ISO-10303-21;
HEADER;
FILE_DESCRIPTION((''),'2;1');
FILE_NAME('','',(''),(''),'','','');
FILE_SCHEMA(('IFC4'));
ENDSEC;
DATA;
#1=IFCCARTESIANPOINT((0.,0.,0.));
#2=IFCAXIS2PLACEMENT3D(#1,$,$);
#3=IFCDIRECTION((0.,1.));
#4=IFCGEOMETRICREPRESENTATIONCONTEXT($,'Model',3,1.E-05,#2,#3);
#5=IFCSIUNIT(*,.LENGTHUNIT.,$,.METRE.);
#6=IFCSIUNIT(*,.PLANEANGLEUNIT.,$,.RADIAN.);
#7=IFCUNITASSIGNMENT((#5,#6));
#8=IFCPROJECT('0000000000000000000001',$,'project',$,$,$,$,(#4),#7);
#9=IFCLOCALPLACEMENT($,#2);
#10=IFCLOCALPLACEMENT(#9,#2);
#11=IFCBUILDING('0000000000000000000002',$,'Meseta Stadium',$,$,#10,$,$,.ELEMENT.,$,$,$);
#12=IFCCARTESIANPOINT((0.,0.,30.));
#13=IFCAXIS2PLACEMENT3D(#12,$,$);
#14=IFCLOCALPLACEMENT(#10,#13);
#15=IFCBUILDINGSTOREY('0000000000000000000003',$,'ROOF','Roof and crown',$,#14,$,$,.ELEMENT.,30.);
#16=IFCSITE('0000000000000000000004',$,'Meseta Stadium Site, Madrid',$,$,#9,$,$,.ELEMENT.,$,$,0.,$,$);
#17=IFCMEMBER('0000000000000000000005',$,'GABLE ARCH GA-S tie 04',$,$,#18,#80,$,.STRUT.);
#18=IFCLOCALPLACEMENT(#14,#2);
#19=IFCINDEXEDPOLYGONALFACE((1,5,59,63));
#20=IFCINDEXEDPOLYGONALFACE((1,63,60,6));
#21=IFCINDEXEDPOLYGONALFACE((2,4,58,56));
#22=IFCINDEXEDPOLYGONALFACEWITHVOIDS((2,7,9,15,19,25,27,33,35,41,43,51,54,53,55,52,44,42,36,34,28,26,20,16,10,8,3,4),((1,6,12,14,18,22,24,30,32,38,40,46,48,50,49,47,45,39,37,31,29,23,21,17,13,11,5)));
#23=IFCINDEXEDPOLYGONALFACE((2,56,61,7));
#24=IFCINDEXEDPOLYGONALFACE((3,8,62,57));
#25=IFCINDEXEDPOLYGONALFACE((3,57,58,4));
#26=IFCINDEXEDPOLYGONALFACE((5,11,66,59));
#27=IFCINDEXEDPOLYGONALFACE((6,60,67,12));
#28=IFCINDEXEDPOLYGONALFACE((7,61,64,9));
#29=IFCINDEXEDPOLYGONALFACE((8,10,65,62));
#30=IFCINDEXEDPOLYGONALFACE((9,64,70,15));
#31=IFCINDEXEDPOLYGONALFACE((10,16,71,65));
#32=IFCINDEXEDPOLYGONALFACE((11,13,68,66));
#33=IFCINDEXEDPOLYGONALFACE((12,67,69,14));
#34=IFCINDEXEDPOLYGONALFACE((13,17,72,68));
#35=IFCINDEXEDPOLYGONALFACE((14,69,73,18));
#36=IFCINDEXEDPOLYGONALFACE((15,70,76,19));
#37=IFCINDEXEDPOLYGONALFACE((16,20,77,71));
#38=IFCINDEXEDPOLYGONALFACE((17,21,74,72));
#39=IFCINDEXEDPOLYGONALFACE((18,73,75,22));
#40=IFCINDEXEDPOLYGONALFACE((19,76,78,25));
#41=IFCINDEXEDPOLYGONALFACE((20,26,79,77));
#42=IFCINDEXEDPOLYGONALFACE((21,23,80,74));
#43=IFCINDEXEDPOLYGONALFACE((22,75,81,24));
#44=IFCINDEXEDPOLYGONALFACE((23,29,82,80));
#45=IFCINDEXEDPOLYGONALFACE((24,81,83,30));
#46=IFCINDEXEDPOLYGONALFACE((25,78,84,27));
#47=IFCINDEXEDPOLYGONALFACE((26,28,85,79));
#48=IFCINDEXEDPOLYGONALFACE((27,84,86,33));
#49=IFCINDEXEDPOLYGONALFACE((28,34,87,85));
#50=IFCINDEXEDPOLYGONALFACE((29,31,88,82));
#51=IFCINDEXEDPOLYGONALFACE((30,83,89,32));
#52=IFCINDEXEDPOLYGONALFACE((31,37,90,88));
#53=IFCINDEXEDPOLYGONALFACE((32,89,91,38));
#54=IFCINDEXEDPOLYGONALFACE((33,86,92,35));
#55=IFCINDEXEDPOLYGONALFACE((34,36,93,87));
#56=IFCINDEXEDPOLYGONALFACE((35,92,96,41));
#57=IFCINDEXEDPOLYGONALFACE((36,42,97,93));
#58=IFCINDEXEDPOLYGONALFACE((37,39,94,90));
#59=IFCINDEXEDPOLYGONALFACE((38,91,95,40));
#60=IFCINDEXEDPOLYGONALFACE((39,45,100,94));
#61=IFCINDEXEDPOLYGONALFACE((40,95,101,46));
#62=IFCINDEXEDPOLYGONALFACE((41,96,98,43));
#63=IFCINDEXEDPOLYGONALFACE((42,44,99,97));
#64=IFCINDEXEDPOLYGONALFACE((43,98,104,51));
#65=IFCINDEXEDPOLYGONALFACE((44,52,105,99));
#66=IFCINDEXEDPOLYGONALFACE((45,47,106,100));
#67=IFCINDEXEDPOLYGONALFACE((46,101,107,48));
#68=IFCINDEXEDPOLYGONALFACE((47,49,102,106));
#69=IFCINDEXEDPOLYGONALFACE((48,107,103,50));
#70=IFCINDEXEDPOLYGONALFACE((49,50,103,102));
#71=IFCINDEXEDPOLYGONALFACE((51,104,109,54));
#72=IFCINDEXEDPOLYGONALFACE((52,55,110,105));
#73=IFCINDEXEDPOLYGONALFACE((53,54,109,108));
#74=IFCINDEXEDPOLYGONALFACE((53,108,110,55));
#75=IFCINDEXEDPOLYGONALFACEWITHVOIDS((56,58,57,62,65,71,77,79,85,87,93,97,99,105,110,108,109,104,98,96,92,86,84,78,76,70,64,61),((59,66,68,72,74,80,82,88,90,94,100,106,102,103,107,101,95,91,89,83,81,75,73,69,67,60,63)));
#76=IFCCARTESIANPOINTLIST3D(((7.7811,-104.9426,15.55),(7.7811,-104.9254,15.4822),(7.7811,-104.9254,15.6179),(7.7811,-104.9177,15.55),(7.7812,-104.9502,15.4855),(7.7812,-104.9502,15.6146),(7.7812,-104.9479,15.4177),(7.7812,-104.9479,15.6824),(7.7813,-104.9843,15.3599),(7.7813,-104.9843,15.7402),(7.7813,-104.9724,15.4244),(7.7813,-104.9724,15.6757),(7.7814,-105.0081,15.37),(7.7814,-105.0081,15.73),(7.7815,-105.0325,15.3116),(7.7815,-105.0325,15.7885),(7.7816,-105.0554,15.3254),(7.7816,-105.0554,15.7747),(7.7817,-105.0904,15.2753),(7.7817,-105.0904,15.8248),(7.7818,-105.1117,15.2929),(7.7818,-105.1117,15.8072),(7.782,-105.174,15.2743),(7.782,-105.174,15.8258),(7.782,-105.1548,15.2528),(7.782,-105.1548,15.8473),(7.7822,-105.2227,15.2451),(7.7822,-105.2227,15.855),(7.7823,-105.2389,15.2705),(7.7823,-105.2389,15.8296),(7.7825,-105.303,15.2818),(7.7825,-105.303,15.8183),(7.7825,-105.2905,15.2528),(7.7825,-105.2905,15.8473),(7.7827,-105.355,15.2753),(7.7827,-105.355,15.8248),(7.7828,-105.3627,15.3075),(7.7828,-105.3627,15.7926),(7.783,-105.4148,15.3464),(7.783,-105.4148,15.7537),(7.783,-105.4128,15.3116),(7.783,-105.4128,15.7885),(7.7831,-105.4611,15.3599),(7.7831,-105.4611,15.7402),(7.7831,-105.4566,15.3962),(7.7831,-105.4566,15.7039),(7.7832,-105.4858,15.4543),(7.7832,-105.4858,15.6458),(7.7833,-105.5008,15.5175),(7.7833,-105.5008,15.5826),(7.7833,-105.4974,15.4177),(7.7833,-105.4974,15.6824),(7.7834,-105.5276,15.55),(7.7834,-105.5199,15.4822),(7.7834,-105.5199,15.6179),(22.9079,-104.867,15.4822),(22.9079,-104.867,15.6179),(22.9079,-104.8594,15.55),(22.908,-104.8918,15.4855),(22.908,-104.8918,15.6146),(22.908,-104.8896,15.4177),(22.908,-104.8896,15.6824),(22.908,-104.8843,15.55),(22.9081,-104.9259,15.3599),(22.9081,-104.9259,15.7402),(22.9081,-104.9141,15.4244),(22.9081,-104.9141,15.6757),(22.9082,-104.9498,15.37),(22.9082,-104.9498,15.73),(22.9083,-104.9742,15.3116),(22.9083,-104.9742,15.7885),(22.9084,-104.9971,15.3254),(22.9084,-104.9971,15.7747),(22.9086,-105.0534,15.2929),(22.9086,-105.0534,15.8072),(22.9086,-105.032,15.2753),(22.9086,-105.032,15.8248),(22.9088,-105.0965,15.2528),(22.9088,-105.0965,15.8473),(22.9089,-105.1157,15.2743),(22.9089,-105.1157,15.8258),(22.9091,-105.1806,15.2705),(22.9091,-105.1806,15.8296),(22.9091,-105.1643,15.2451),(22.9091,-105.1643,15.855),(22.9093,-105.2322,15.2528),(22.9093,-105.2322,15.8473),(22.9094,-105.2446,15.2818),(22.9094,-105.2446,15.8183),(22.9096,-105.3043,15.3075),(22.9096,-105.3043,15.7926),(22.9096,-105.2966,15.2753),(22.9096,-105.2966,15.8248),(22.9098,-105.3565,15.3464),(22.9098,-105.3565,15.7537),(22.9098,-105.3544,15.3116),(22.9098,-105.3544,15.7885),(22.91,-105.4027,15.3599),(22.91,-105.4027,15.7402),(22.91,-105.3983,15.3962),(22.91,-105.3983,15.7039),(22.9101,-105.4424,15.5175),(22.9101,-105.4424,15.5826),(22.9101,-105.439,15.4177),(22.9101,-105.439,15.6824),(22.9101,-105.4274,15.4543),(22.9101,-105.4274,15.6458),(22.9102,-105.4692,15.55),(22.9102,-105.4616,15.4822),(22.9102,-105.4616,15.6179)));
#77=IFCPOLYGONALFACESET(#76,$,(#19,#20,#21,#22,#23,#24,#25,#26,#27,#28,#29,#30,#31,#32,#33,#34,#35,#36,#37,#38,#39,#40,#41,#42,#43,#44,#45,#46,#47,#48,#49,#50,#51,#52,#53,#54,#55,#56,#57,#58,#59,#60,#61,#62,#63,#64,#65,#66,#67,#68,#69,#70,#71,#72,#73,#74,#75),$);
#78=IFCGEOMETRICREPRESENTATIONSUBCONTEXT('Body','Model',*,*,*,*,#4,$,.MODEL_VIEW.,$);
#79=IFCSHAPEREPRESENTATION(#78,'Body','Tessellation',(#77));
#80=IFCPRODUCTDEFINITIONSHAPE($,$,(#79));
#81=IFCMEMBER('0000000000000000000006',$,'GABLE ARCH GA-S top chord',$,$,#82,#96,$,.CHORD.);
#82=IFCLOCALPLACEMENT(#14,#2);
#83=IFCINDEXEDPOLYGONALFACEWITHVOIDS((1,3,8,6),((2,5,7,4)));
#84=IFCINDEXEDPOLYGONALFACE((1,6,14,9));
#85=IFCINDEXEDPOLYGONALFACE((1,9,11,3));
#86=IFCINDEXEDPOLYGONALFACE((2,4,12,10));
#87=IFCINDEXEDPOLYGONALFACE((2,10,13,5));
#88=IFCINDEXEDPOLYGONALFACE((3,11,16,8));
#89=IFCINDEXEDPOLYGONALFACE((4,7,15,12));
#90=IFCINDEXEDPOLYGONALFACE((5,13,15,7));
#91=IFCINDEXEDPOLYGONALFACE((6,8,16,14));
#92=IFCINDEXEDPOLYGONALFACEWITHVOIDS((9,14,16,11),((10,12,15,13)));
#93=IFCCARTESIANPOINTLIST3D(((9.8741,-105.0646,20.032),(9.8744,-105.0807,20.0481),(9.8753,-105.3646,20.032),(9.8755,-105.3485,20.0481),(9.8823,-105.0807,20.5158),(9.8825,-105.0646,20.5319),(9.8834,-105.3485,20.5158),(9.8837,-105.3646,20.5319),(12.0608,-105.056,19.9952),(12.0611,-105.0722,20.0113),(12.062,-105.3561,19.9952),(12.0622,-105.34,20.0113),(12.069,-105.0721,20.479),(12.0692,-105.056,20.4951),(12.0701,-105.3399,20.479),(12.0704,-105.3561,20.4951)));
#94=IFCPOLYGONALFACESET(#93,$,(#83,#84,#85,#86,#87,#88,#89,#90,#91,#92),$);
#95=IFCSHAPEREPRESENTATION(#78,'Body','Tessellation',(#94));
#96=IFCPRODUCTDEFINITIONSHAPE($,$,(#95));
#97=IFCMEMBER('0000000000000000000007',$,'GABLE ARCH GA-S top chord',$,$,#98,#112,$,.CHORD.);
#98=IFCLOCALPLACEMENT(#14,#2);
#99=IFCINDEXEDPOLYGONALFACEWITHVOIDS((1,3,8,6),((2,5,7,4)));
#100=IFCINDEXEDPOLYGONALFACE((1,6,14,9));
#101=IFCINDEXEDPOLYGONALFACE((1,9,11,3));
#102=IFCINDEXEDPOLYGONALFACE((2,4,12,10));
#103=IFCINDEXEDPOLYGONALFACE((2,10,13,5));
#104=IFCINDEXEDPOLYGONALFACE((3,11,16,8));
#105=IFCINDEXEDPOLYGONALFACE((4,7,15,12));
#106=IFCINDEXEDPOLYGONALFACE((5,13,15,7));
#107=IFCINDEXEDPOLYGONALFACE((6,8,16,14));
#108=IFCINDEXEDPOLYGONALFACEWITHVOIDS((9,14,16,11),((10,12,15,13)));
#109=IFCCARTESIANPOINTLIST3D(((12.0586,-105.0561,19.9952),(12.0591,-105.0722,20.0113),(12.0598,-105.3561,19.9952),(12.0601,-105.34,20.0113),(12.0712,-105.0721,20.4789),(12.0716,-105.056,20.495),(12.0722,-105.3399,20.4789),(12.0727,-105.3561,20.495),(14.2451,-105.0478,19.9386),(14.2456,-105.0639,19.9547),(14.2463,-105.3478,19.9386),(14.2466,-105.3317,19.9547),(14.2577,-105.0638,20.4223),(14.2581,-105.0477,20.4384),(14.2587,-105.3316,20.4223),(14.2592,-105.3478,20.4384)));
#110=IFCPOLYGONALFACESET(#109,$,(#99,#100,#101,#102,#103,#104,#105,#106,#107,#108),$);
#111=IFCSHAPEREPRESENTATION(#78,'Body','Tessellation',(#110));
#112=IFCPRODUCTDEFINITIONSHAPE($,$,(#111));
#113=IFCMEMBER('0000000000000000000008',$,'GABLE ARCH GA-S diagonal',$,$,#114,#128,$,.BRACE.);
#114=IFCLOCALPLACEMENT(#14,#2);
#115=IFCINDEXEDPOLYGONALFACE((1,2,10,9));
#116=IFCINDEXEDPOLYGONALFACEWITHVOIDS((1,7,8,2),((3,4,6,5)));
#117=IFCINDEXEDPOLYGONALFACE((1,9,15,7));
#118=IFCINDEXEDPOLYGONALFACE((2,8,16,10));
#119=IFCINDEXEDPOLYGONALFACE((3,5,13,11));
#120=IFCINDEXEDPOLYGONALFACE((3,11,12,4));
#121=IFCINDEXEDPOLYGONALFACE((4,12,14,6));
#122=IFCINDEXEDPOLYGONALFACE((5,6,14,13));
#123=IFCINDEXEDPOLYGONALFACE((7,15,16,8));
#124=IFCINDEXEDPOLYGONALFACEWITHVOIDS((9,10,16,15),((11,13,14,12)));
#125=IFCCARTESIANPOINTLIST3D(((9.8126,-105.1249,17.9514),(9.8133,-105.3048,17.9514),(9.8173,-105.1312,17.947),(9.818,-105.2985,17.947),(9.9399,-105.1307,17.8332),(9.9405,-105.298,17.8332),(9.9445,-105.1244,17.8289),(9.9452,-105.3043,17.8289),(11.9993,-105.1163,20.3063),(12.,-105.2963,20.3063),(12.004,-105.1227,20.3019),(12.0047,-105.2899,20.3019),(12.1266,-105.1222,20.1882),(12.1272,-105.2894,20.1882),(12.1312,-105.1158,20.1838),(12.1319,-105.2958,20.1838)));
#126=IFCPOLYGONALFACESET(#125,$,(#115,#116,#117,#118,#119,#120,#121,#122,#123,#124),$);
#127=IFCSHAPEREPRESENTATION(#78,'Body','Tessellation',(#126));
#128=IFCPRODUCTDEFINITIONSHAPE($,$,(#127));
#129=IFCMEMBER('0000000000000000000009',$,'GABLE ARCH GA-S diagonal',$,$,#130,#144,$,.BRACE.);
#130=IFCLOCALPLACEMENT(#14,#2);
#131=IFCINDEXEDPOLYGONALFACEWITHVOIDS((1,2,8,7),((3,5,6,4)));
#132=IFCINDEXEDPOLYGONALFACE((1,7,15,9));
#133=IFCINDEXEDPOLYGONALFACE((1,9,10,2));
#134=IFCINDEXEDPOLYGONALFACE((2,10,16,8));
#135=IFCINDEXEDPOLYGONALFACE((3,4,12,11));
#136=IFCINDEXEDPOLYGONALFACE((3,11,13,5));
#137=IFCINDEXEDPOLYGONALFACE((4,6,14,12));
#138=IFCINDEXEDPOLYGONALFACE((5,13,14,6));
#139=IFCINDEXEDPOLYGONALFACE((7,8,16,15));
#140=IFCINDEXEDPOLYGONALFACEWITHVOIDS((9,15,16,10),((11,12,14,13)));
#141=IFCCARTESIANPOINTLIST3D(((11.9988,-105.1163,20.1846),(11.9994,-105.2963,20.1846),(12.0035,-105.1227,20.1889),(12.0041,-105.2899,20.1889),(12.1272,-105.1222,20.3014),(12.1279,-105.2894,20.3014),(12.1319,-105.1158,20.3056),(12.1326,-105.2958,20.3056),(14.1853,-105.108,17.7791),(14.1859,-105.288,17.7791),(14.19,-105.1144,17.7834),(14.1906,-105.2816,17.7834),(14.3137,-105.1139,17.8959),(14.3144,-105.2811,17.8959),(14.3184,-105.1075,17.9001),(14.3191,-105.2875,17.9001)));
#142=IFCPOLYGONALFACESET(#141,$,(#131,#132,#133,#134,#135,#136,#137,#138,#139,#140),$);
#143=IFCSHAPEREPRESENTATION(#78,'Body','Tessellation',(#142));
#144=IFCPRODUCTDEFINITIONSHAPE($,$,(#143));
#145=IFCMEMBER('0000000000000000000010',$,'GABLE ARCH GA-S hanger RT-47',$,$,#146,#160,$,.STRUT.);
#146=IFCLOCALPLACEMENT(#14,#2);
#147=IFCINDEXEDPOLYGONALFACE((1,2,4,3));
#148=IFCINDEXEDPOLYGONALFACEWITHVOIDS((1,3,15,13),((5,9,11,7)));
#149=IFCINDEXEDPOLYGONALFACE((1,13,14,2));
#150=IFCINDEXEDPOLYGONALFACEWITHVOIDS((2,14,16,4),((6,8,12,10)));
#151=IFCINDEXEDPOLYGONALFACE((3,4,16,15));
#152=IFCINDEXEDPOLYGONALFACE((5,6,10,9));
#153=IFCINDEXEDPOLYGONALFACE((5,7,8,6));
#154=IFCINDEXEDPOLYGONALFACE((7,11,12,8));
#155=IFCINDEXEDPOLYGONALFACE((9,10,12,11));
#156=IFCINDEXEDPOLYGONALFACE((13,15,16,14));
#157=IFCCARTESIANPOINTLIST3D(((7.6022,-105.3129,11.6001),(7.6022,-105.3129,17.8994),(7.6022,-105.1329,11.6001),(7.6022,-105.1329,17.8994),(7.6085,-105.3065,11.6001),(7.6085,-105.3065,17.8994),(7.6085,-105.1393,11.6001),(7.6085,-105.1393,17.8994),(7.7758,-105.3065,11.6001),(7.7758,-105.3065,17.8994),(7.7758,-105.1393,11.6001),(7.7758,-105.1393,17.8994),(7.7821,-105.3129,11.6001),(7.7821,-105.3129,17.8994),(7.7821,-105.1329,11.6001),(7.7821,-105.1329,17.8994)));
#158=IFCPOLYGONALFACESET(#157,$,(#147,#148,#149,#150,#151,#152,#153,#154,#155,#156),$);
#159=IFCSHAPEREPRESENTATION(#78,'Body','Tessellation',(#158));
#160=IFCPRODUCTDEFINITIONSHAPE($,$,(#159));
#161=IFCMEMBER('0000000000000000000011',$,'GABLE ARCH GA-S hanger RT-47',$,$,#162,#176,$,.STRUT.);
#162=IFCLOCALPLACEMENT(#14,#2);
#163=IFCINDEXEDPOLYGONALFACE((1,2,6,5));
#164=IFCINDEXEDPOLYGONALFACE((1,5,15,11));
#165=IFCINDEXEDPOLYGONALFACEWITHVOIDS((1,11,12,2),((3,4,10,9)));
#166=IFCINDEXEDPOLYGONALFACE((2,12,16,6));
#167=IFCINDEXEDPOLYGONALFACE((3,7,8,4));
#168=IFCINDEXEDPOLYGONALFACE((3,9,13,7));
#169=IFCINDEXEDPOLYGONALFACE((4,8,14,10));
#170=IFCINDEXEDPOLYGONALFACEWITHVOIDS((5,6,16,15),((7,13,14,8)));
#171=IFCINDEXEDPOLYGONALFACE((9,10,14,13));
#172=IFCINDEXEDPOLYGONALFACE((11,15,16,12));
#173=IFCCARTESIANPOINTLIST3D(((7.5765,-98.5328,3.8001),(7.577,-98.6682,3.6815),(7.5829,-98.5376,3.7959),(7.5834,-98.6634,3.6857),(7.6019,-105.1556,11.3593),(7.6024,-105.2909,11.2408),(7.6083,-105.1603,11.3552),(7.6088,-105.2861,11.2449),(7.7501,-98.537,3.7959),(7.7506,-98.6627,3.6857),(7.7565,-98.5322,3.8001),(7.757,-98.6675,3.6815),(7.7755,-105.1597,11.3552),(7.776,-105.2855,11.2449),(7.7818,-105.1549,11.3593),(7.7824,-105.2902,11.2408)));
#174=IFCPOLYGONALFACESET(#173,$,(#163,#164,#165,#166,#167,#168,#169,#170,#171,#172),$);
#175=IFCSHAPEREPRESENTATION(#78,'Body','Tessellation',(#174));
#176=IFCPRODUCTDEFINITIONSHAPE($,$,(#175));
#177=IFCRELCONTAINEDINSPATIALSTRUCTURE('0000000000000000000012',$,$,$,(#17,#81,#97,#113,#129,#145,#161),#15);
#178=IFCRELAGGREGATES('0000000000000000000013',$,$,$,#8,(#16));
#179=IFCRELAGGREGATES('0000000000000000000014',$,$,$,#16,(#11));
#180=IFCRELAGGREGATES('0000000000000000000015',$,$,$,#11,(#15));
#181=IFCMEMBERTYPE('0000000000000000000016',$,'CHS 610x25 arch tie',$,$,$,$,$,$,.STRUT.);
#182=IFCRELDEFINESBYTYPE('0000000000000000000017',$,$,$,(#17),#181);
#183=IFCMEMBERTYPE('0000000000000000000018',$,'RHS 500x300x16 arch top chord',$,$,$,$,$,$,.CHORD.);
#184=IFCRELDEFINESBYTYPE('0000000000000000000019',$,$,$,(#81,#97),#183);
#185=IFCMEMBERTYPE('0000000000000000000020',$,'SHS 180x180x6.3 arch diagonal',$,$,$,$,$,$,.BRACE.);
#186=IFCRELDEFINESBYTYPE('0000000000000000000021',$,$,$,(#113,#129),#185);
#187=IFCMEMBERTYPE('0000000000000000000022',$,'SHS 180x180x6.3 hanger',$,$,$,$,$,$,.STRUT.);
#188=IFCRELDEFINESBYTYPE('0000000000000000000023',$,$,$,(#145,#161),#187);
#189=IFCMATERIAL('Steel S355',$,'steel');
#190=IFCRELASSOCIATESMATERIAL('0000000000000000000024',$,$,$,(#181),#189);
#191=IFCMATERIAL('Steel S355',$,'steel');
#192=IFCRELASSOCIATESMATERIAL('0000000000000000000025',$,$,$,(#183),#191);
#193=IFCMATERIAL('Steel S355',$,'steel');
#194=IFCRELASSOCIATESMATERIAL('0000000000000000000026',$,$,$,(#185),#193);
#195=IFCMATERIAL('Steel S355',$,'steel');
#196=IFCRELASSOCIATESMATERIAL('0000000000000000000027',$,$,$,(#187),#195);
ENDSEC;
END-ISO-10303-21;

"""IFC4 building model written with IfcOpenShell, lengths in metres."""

from ifc_helpers import new_model, si_unit, direction, frame, origin, origin_2d, place, context, subcontext, project, spatial, hollow_rectangle, hollow_circle, extrude, material, material_profile, profile_set, type_object, element, save


model = new_model("IFC4")

# Units and contexts
model_context = context("Model", 3, precision=1e-05, world=origin(), true_north=direction((0.0, 1.0)))
body_context = subcontext(model_context, "Body", "Model", "MODEL_VIEW")
ifc_project = project(units=[si_unit("LENGTHUNIT", "METRE"), si_unit("PLANEANGLEUNIT", "RADIAN")], contexts=[model_context])

# Site, building, storey
site_placement = place(None, origin())
site = spatial("IfcSite", under=ifc_project, at=site_placement, Name="Meseta Stadium Site, Madrid", CompositionType="ELEMENT", RefElevation=0.0)
building_placement = place(site_placement, origin())
building = spatial("IfcBuilding", under=site, at=building_placement, Name="Meseta Stadium", CompositionType="ELEMENT")
storey_placement = place(building_placement, frame((0.0, 0.0, 30.0)))
storey = spatial("IfcBuildingStorey", under=building, at=storey_placement, Name="ROOF", Description="Roof and crown", CompositionType="ELEMENT", Elevation=30.0)

# Members
ifc_material_1 = material(Name="Steel S355", Category="steel")
ifc_material_profile_1 = material_profile(ifc_material_1, hollow_circle(Radius=0.3049, WallThickness=0.0249, at=origin_2d()), Name="CHS 610x25")
ifc_profile_set_1 = profile_set([ifc_material_profile_1], Name="Steel S355")
member_type_1 = type_object("IfcMemberType", Name="CHS 610x25 arch tie", PredefinedType="STRUT", material=ifc_profile_set_1)
member_1_placement = place(storey_placement, frame((7.7822, -105.2227, 15.55), z_axis=(0.999993, 0.003857, 0.0), x_axis=(-0.003857, 0.999993, 0.0)))
element("IfcMember", 1, at=member_1_placement, inside=storey, type_object=member_type_1, Name="GABLE ARCH GA-S tie 04", PredefinedType="STRUT", context=body_context, shape_type="SweptSolid", body=[
    extrude(hollow_circle(Radius=0.3049, WallThickness=0.0249, at=origin_2d()), origin(), (0.0, 0.0, 1.0), 15.127),
])
ifc_material_2 = material(Name="Steel S355", Category="steel")
ifc_material_profile_2 = material_profile(ifc_material_2, hollow_rectangle(XDim=0.3, YDim=0.5, WallThickness=0.0161, at=origin_2d()), Name="RHS 500x300x16")
ifc_profile_set_2 = profile_set([ifc_material_profile_2], Name="Steel S355")
member_type_2 = type_object("IfcMemberType", Name="RHS 500x300x16 arch top chord", PredefinedType="CHORD", material=ifc_profile_set_2)
member_2_placement = place(storey_placement, frame((9.8789, -105.2146, 20.282), z_axis=(0.99985, 0.003907, -0.016856), x_axis=(-0.003908, 0.999992, 0.0)))
element("IfcMember", 2, at=member_2_placement, inside=storey, type_object=member_type_2, Name="GABLE ARCH GA-S top chord", PredefinedType="CHORD", context=body_context, shape_type="SweptSolid", body=[
    extrude(hollow_rectangle(XDim=0.3, YDim=0.5, WallThickness=0.0161, at=origin_2d()), origin(), (0.0, 0.0, 1.0), 2.187),
])
member_3_placement = place(storey_placement, frame((12.0657, -105.2061, 20.2451), z_axis=(0.999657, 0.003795, -0.025896), x_axis=(-0.003796, 0.999993, 0.0)))
element("IfcMember", 3, at=member_3_placement, inside=storey, type_object=member_type_2, Name="GABLE ARCH GA-S top chord", PredefinedType="CHORD", context=body_context, shape_type="SweptSolid", body=[
    extrude(hollow_rectangle(XDim=0.3, YDim=0.5, WallThickness=0.0161, at=origin_2d()), origin(), (0.0, 0.0, 1.0), 2.1873),
])
ifc_material_3 = material(Name="Steel S355", Category="steel")
ifc_material_profile_3 = material_profile(ifc_material_3, hollow_rectangle(XDim=0.1799, YDim=0.1799, WallThickness=0.0063, at=origin_2d()), Name="SHS 180x180x6.3")
ifc_profile_set_3 = profile_set([ifc_material_profile_3], Name="Steel S355")
member_type_3 = type_object("IfcMemberType", Name="SHS 180x180x6.3 arch diagonal", PredefinedType="BRACE", material=ifc_profile_set_3)
member_4_placement = place(storey_placement, frame((9.8789, -105.2146, 17.8901), z_axis=(0.680449, 0.002659, 0.732791), x_axis=(-0.003908, 0.999992, 0.0)))
element("IfcMember", 4, at=member_4_placement, inside=storey, type_object=member_type_3, Name="GABLE ARCH GA-S diagonal", PredefinedType="BRACE", context=body_context, shape_type="SweptSolid", body=[
    extrude(hollow_rectangle(XDim=0.1799, YDim=0.1799, WallThickness=0.0063, at=origin_2d()), origin(), (0.0, 0.0, 1.0), 3.2136),
])
member_5_placement = place(storey_placement, frame((12.0657, -105.2061, 20.2451), z_axis=(0.672618, 0.002553, -0.739985), x_axis=(-0.003796, 0.999993, 0.0)))
element("IfcMember", 5, at=member_5_placement, inside=storey, type_object=member_type_3, Name="GABLE ARCH GA-S diagonal", PredefinedType="BRACE", context=body_context, shape_type="SweptSolid", body=[
    extrude(hollow_rectangle(XDim=0.1799, YDim=0.1799, WallThickness=0.0063, at=origin_2d()), origin(), (0.0, 0.0, 1.0), 3.2507),
])
ifc_material_4 = material(Name="Steel S355", Category="steel")
ifc_material_profile_4 = material_profile(ifc_material_4, hollow_rectangle(XDim=0.1799, YDim=0.1799, WallThickness=0.0063, at=origin_2d()), Name="SHS 180x180x6.3")
ifc_profile_set_4 = profile_set([ifc_material_profile_4], Name="Steel S355")
member_type_4 = type_object("IfcMemberType", Name="SHS 180x180x6.3 hanger", PredefinedType="STRUT", material=ifc_profile_set_4)
member_6_placement = place(storey_placement, frame((7.6921, -105.2229, 17.8994), z_axis=(0.0, 0.0, -1.0), x_axis=(1.0, 0.0, 0.0)))
element("IfcMember", 6, at=member_6_placement, inside=storey, type_object=member_type_4, Name="GABLE ARCH GA-S hanger RT-47", PredefinedType="STRUT", context=body_context, shape_type="SweptSolid", body=[
    extrude(hollow_rectangle(XDim=0.1799, YDim=0.1799, WallThickness=0.0063, at=origin_2d()), origin(), (0.0, 0.0, 1.0), 6.2993),
])
member_7_placement = place(storey_placement, frame((7.6921, -105.2229, 11.3), z_axis=(-0.002526, 0.658975, -0.75216), x_axis=(-0.999993, -0.003834, 0.0)))
element("IfcMember", 7, at=member_7_placement, inside=storey, type_object=member_type_4, Name="GABLE ARCH GA-S hanger RT-47", PredefinedType="STRUT", context=body_context, shape_type="SweptSolid", body=[
    extrude(hollow_rectangle(XDim=0.1799, YDim=0.1799, WallThickness=0.0063, at=origin_2d()), origin(), (0.0, 0.0, 1.0), 10.05),
])

save(model, "model.ifc")
